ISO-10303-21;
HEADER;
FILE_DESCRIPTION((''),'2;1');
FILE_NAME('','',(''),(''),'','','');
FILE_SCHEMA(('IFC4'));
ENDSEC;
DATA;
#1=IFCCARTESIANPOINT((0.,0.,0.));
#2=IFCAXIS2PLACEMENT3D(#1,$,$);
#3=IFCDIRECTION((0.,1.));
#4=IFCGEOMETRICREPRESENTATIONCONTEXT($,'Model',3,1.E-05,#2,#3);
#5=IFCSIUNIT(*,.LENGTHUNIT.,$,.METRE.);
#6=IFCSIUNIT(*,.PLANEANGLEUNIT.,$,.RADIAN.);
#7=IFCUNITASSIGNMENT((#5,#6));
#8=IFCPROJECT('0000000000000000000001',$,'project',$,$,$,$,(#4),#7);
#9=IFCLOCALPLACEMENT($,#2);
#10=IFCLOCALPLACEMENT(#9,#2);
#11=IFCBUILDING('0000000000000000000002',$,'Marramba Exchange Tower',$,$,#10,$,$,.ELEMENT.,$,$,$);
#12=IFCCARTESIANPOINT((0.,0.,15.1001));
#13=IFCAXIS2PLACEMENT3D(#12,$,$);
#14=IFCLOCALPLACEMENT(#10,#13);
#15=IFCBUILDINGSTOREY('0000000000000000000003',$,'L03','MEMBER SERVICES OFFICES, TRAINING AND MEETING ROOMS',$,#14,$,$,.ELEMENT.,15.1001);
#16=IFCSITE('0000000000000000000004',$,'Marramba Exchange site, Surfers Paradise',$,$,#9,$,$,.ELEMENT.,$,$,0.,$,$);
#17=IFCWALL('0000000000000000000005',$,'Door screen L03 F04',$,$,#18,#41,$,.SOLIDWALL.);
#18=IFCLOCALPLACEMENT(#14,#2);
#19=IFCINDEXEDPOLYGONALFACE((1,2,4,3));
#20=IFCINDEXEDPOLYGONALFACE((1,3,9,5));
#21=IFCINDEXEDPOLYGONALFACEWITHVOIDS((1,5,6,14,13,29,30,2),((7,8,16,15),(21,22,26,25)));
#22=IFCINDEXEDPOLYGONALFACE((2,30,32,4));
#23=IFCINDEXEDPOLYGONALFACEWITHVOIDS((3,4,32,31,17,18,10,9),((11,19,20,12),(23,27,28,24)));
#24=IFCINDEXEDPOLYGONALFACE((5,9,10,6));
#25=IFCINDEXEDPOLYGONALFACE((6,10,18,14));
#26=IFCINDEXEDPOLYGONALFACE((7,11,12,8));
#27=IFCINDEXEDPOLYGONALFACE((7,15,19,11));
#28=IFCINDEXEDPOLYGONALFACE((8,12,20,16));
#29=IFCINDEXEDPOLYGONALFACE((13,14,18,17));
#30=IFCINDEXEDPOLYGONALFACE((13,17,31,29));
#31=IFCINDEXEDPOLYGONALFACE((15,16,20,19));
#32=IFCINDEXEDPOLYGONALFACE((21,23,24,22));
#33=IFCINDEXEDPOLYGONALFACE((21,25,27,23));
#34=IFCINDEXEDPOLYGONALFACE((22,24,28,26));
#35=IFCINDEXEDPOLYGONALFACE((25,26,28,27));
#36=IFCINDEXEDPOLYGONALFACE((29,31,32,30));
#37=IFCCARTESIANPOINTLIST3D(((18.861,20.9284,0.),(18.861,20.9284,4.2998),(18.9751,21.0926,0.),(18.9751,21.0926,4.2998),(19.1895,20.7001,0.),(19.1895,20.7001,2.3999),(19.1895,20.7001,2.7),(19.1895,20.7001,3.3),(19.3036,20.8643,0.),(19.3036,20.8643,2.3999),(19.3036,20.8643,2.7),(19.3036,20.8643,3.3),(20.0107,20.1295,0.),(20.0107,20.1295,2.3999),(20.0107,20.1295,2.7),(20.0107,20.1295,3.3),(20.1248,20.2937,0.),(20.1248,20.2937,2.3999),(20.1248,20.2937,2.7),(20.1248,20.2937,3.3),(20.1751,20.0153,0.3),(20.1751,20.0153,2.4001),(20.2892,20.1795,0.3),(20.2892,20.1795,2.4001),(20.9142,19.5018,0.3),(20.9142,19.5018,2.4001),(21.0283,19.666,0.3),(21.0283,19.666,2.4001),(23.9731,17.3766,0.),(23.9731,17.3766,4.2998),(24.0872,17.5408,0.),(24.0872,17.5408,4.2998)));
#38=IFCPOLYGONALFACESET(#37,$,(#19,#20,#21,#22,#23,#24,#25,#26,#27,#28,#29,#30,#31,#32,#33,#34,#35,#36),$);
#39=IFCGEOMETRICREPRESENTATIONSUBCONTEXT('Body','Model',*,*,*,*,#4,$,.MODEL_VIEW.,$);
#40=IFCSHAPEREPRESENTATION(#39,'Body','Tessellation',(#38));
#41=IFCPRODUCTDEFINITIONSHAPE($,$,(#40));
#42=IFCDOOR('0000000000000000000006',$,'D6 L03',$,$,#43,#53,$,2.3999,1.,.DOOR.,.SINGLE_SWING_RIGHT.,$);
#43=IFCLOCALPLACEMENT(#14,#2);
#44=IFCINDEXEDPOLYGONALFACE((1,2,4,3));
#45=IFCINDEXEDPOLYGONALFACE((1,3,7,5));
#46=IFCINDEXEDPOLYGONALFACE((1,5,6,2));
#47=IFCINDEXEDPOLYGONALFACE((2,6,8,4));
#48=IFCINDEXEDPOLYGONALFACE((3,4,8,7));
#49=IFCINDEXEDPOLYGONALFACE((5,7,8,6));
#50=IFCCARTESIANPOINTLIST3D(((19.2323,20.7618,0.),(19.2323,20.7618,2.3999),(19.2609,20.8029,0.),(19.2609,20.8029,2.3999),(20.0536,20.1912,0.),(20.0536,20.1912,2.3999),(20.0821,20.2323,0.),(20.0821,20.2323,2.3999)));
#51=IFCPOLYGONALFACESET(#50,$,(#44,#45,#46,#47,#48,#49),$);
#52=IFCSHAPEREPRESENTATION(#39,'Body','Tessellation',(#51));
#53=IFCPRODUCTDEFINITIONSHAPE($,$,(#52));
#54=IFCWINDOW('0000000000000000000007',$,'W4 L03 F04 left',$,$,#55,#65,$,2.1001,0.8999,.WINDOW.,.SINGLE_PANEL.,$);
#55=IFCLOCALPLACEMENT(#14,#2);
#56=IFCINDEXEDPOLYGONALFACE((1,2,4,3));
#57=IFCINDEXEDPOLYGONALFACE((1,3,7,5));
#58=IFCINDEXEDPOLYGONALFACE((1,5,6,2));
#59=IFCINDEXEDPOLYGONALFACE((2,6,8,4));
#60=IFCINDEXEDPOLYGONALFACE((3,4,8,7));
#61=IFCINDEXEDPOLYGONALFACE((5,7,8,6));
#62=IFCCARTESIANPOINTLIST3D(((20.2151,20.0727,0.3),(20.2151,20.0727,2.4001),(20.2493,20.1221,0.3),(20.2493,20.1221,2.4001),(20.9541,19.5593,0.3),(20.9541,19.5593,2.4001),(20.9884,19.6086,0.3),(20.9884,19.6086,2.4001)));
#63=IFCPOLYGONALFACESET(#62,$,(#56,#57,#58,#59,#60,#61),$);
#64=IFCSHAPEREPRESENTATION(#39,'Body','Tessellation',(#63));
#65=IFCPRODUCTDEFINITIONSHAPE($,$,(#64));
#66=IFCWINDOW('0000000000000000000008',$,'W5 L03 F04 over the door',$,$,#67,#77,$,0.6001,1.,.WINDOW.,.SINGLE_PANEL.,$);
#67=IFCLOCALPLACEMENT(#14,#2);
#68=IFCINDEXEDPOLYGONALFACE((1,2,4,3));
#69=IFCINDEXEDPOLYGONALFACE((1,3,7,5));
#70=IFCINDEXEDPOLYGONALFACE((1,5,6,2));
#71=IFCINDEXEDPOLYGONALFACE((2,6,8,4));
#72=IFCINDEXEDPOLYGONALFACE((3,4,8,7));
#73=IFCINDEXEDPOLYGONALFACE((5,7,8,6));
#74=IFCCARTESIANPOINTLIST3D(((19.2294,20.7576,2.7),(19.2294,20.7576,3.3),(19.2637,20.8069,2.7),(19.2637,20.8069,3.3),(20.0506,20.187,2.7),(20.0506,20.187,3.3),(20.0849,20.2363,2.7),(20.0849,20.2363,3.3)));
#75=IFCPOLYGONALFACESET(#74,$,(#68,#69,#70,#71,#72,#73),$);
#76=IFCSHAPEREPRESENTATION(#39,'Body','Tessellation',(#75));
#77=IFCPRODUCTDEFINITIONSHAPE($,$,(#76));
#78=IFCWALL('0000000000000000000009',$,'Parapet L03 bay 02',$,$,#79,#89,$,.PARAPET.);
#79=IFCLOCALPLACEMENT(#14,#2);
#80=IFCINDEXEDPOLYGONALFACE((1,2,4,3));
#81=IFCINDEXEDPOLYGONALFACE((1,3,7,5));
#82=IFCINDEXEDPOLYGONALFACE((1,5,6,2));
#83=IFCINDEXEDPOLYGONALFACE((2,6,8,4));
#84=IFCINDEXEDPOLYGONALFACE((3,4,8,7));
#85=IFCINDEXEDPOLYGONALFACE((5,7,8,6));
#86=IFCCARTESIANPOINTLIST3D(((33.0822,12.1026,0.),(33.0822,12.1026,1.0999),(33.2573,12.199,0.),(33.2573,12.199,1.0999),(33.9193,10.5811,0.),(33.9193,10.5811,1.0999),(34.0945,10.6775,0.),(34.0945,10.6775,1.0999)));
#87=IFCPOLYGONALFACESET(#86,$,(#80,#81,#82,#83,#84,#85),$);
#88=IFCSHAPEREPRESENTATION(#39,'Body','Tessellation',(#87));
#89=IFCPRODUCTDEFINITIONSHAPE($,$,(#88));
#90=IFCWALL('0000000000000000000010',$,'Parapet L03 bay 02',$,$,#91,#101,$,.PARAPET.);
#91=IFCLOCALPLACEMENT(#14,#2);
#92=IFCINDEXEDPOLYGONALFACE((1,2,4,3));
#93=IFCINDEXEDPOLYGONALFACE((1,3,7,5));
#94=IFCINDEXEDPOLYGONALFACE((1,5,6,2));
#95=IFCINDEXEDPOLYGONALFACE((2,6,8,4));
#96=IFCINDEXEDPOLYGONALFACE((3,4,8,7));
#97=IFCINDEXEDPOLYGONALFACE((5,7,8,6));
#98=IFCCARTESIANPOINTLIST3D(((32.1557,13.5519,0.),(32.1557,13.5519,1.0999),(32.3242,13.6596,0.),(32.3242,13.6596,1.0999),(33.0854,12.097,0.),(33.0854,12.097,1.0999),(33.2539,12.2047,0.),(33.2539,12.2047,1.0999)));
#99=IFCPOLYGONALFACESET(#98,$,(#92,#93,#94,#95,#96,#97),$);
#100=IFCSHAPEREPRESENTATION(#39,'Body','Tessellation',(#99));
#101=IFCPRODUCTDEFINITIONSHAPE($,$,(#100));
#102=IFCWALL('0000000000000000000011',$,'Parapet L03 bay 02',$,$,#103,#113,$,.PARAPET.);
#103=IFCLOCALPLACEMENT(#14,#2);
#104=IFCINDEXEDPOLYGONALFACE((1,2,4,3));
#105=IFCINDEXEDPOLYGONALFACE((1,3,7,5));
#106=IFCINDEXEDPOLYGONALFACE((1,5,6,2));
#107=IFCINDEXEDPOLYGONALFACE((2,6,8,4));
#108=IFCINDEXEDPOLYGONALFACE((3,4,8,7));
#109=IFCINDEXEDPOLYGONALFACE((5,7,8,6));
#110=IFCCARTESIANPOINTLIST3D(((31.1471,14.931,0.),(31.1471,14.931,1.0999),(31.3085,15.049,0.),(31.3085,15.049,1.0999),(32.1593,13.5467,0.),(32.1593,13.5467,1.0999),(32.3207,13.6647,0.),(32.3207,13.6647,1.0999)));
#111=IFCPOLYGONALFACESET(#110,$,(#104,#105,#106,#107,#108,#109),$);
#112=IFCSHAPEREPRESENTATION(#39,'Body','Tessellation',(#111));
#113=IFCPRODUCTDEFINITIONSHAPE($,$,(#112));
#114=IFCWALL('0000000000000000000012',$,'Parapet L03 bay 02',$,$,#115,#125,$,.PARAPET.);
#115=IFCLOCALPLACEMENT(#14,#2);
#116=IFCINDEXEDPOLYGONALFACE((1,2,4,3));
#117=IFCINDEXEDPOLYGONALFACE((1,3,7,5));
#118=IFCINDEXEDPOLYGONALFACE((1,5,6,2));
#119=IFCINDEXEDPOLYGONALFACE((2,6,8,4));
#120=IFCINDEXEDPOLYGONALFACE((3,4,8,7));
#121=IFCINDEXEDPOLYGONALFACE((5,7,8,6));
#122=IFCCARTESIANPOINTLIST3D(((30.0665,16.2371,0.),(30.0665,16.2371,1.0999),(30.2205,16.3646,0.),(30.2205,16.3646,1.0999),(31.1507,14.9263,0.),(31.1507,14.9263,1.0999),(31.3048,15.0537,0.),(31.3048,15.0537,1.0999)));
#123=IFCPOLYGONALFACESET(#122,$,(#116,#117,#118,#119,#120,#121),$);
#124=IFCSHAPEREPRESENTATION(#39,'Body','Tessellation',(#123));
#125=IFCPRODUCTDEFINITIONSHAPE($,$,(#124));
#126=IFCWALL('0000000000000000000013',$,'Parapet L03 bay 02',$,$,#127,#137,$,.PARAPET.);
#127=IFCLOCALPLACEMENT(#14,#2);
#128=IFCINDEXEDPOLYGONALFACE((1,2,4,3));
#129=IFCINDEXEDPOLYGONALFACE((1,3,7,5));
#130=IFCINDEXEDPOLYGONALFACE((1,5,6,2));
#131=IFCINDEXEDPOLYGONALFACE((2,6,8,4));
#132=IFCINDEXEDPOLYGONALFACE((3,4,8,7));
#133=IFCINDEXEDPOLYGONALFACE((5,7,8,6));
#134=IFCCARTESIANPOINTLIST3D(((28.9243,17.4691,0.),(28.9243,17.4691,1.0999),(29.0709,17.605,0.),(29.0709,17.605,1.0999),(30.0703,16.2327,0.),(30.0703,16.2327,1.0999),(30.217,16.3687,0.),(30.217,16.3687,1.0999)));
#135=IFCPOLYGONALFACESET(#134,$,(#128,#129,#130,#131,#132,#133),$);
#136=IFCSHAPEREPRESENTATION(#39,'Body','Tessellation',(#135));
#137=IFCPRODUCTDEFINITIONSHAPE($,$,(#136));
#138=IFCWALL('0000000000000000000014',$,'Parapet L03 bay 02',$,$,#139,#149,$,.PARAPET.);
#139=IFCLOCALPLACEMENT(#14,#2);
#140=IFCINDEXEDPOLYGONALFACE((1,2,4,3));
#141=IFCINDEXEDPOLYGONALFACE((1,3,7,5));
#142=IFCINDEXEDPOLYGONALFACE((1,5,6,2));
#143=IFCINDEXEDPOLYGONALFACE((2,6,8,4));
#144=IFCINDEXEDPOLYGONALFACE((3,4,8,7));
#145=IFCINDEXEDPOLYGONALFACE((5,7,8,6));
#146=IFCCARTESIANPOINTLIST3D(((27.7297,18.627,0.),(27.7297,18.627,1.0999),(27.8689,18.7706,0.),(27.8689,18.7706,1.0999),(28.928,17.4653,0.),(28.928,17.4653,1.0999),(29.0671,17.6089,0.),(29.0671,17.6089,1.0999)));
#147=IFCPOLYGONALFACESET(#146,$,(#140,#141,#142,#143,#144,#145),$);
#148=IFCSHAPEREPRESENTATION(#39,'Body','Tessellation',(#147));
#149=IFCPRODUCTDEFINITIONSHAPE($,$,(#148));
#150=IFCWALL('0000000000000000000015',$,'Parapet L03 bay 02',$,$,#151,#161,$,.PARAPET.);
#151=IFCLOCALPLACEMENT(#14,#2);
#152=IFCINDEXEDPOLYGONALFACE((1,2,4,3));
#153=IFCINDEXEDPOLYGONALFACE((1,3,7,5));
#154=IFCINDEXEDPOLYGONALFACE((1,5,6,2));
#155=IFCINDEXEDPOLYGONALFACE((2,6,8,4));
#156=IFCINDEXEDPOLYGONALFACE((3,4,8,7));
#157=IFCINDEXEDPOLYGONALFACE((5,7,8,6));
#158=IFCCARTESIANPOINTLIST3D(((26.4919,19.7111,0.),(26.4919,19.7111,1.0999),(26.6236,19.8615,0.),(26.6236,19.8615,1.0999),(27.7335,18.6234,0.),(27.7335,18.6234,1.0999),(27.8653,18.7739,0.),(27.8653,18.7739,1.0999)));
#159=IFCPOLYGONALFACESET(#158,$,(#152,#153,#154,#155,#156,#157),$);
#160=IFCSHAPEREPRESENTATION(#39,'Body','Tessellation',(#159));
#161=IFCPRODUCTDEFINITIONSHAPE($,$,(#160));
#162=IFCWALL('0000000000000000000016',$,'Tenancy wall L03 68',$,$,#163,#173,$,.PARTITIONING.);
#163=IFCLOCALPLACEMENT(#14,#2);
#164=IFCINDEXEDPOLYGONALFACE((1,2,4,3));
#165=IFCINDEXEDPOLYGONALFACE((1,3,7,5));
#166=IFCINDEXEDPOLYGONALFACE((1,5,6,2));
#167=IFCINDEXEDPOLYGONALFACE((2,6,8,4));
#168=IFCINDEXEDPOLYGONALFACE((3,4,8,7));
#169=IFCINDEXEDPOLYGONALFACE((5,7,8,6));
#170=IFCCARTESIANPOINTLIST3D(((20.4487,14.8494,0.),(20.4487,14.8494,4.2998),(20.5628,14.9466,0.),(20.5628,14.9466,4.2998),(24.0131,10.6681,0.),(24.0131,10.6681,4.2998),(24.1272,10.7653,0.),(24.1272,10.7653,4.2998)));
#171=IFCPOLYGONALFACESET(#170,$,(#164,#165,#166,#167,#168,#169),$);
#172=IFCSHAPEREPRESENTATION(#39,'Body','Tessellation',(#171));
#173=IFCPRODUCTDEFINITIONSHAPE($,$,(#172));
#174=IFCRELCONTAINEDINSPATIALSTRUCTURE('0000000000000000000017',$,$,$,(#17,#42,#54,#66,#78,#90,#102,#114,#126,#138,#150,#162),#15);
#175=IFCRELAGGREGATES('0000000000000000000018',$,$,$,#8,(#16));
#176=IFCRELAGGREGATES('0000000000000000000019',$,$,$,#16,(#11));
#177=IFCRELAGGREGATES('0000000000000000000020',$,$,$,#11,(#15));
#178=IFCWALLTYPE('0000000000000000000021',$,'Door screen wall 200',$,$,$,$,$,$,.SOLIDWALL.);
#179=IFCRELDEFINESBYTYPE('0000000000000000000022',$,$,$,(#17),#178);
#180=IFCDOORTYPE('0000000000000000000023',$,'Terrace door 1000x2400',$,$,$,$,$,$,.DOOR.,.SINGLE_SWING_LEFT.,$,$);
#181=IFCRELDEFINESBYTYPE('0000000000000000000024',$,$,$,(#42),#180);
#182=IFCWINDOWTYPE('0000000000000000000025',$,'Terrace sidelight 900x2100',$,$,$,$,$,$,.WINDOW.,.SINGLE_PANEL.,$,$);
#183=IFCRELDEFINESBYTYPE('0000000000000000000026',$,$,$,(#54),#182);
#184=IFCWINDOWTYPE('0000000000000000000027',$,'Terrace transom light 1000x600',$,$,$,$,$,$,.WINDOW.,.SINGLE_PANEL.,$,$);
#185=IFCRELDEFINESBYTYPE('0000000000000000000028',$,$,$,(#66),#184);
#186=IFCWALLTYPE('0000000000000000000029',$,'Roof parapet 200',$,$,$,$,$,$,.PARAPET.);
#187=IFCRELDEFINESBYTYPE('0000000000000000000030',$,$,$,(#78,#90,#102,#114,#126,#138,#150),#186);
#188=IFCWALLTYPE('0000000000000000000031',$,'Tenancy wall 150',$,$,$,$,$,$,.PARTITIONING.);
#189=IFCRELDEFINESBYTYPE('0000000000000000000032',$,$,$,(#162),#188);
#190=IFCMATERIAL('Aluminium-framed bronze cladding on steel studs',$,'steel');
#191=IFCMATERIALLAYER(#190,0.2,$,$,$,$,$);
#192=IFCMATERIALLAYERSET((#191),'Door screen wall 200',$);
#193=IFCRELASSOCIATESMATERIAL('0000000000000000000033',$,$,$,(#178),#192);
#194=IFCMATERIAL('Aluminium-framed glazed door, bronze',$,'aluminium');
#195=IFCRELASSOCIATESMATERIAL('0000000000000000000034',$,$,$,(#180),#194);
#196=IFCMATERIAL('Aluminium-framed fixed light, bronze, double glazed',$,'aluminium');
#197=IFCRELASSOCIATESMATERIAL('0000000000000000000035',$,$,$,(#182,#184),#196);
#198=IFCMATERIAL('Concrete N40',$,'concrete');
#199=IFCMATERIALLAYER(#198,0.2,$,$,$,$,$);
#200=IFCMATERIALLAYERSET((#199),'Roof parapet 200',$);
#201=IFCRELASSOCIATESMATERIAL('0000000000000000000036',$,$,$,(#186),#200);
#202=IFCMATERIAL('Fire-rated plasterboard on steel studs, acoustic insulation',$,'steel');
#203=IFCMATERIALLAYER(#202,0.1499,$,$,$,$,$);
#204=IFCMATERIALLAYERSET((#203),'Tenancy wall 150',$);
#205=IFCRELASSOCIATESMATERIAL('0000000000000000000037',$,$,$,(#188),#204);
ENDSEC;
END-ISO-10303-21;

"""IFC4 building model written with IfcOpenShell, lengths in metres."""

from ifc_helpers import new_model, si_unit, direction, frame, frame_2d, origin, place, context, subcontext, project, spatial, rectangle, extrude, material, layer, layer_set, type_object, element, fill, save


model = new_model("IFC4")

# Units and contexts
model_context = context("Model", 3, precision=1e-05, world=origin(), true_north=direction((0.0, 1.0)))
body_context = subcontext(model_context, "Body", "Model", "MODEL_VIEW")
ifc_project = project(units=[si_unit("LENGTHUNIT", "METRE"), si_unit("PLANEANGLEUNIT", "RADIAN")], contexts=[model_context])

# Site, building, storey
site_placement = place(None, origin())
site = spatial("IfcSite", under=ifc_project, at=site_placement, Name="Marramba Exchange site, Surfers Paradise", CompositionType="ELEMENT", RefElevation=0.0)
building_placement = place(site_placement, origin())
building = spatial("IfcBuilding", under=site, at=building_placement, Name="Marramba Exchange Tower", CompositionType="ELEMENT")
storey_placement = place(building_placement, frame((0.0, 0.0, 15.1001)))
storey = spatial("IfcBuildingStorey", under=building, at=storey_placement, Name="L03", Description="MEMBER SERVICES OFFICES, TRAINING AND MEETING ROOMS", CompositionType="ELEMENT", Elevation=15.1001)

# Wall, openings, door, windows
ifc_material_1 = material(Name="Aluminium-framed bronze cladding on steel studs", Category="steel")
ifc_layer_1 = layer(ifc_material_1, 0.2)
ifc_layer_set_1 = layer_set([ifc_layer_1], Name="Door screen wall 200")
wall_type_1 = type_object("IfcWallType", Name="Door screen wall 200", PredefinedType="SOLIDWALL", material=ifc_layer_set_1)
wall_1_placement = place(storey_placement, frame((24.03, 17.4587, 0.0), z_axis=(0.0, 0.0, 1.0), x_axis=(-0.821241, 0.570582, 0.0)))
wall_1 = element("IfcWall", 1, at=wall_1_placement, inside=storey, type_object=wall_type_1, Name="Door screen L03 F04", PredefinedType="SOLIDWALL", context=body_context, shape_type="SweptSolid", body=[
    extrude(rectangle(XDim=6.2249, YDim=0.2, at=frame_2d((3.1123, 0.0))), origin(), (0.0, 0.0, 1.0), 4.2998),
])
opening_1_placement = place(wall_1_placement, frame((4.8247, 0.0, 0.0)))
opening_1 = element("IfcOpeningElement", 2, at=opening_1_placement, cuts=wall_1, PredefinedType="OPENING", context=body_context, shape_type="SweptSolid", body=[
    extrude(rectangle(XDim=1.0, YDim=2.3999, at=frame_2d((0.5, 1.2))), frame((0.0, 0.1099, 0.0), z_axis=(0.0, -1.0, 0.0), x_axis=(1.0, 0.0, 0.0)), (0.0, 0.0, 1.0), 0.22),
])
opening_2_placement = place(wall_1_placement, frame((3.7246, 0.0, 0.3)))
opening_2 = element("IfcOpeningElement", 3, at=opening_2_placement, cuts=wall_1, PredefinedType="OPENING", context=body_context, shape_type="SweptSolid", body=[
    extrude(rectangle(XDim=0.8999, YDim=2.1001, at=frame_2d((0.45, 1.05))), frame((0.0, 0.1099, 0.0), z_axis=(0.0, -1.0, 0.0), x_axis=(1.0, 0.0, 0.0)), (0.0, 0.0, 1.0), 0.22),
])
opening_3_placement = place(wall_1_placement, frame((4.8247, 0.0, 2.7)))
opening_3 = element("IfcOpeningElement", 4, at=opening_3_placement, cuts=wall_1, PredefinedType="OPENING", context=body_context, shape_type="SweptSolid", body=[
    extrude(rectangle(XDim=1.0, YDim=0.6001, at=frame_2d((0.5, 0.3))), frame((0.0, 0.1099, 0.0), z_axis=(0.0, -1.0, 0.0), x_axis=(1.0, 0.0, 0.0)), (0.0, 0.0, 1.0), 0.22),
])
ifc_material_2 = material(Name="Aluminium-framed glazed door, bronze", Category="aluminium")
door_type = type_object("IfcDoorType", Name="Terrace door 1000x2400", OperationType="SINGLE_SWING_LEFT", PredefinedType="DOOR", material=ifc_material_2)
door_placement = place(opening_1_placement, frame((1.0, 0.0, 0.0), z_axis=(0.0, 0.0, 1.0), x_axis=(-1.0, 0.0, 0.0)))
door = element("IfcDoor", 5, at=door_placement, inside=storey, type_object=door_type, Name="D6 L03", OperationType="SINGLE_SWING_RIGHT", OverallHeight=2.3999, OverallWidth=1.0, PredefinedType="DOOR", context=body_context, shape_type="SweptSolid", body=[
    extrude(rectangle(XDim=1.0, YDim=2.3999, at=frame_2d((0.5, 1.2))), frame((0.0, 0.0251, 0.0), z_axis=(0.0, -1.0, 0.0), x_axis=(1.0, 0.0, 0.0)), (0.0, 0.0, 1.0), 0.05),
])
fill(opening_1, door)
ifc_material_3 = material(Name="Aluminium-framed fixed light, bronze, double glazed", Category="aluminium")
window_type_1 = type_object("IfcWindowType", Name="Terrace sidelight 900x2100", PartitioningType="SINGLE_PANEL", PredefinedType="WINDOW", material=ifc_material_3)
window_1_placement = place(opening_2_placement, origin())
window_1 = element("IfcWindow", 6, at=window_1_placement, inside=storey, type_object=window_type_1, Name="W4 L03 F04 left", OverallHeight=2.1001, OverallWidth=0.8999, PartitioningType="SINGLE_PANEL", PredefinedType="WINDOW", context=body_context, shape_type="SweptSolid", body=[
    extrude(rectangle(XDim=0.8999, YDim=2.1001, at=frame_2d((0.45, 1.05))), frame((0.0, 0.03, 0.0), z_axis=(0.0, -1.0, 0.0), x_axis=(1.0, 0.0, 0.0)), (0.0, 0.0, 1.0), 0.0601),
])
fill(opening_2, window_1)
window_type_2 = type_object("IfcWindowType", Name="Terrace transom light 1000x600", PartitioningType="SINGLE_PANEL", PredefinedType="WINDOW", material=ifc_material_3)
window_2_placement = place(opening_3_placement, origin())
window_2 = element("IfcWindow", 7, at=window_2_placement, inside=storey, type_object=window_type_2, Name="W5 L03 F04 over the door", OverallHeight=0.6001, OverallWidth=1.0, PartitioningType="SINGLE_PANEL", PredefinedType="WINDOW", context=body_context, shape_type="SweptSolid", body=[
    extrude(rectangle(XDim=1.0, YDim=0.6001, at=frame_2d((0.5, 0.3))), frame((0.0, 0.03, 0.0), z_axis=(0.0, -1.0, 0.0), x_axis=(1.0, 0.0, 0.0)), (0.0, 0.0, 1.0), 0.0601),
])
fill(opening_3, window_2)

# Walls
ifc_material_4 = material(Name="Concrete N40", Category="concrete")
ifc_layer_2 = layer(ifc_material_4, 0.2)
ifc_layer_set_2 = layer_set([ifc_layer_2], Name="Roof parapet 200")
wall_type_2 = type_object("IfcWallType", Name="Roof parapet 200", PredefinedType="PARAPET", material=ifc_layer_set_2)
wall_2_placement = place(storey_placement, frame((34.0068, 10.6294, 0.0), z_axis=(0.0, 0.0, 1.0), x_axis=(-0.48207, 0.876133, 0.0)))
element("IfcWall", 8, at=wall_2_placement, inside=storey, type_object=wall_type_2, Name="Parapet L03 bay 02", PredefinedType="PARAPET", context=body_context, shape_type="SweptSolid", body=[
    extrude(rectangle(XDim=1.7366, YDim=0.2, at=frame_2d((0.8682, 0.0))), origin(), (0.0, 0.0, 1.0), 1.0999),
])
wall_3_placement = place(storey_placement, frame((33.1697, 12.1509, 0.0), z_axis=(0.0, 0.0, 1.0), x_axis=(-0.538476, 0.842641, 0.0)))
element("IfcWall", 9, at=wall_3_placement, inside=storey, type_object=wall_type_2, Name="Parapet L03 bay 02", PredefinedType="PARAPET", context=body_context, shape_type="SweptSolid", body=[
    extrude(rectangle(XDim=1.7266, YDim=0.2, at=frame_2d((0.8633, 0.0))), origin(), (0.0, 0.0, 1.0), 1.0999),
])
wall_4_placement = place(storey_placement, frame((32.24, 13.6057, 0.0), z_axis=(0.0, 0.0, 1.0), x_axis=(-0.590252, 0.807219, 0.0)))
element("IfcWall", 10, at=wall_4_placement, inside=storey, type_object=wall_type_2, Name="Parapet L03 bay 02", PredefinedType="PARAPET", context=body_context, shape_type="SweptSolid", body=[
    extrude(rectangle(XDim=1.7148, YDim=0.2, at=frame_2d((0.8574, 0.0))), origin(), (0.0, 0.0, 1.0), 1.0999),
])
wall_5_placement = place(storey_placement, frame((31.2278, 14.99, 0.0), z_axis=(0.0, 0.0, 1.0), x_axis=(-0.637371, 0.770557, 0.0)))
element("IfcWall", 11, at=wall_5_placement, inside=storey, type_object=wall_type_2, Name="Parapet L03 bay 02", PredefinedType="PARAPET", context=body_context, shape_type="SweptSolid", body=[
    extrude(rectangle(XDim=1.7012, YDim=0.2, at=frame_2d((0.8506, 0.0))), origin(), (0.0, 0.0, 1.0), 1.0999),
])
wall_6_placement = place(storey_placement, frame((30.1436, 16.3008, 0.0), z_axis=(0.0, 0.0, 1.0), x_axis=(-0.679806, 0.733392, 0.0)))
element("IfcWall", 12, at=wall_6_placement, inside=storey, type_object=wall_type_2, Name="Parapet L03 bay 02", PredefinedType="PARAPET", context=body_context, shape_type="SweptSolid", body=[
    extrude(rectangle(XDim=1.6858, YDim=0.2, at=frame_2d((0.8428, 0.0))), origin(), (0.0, 0.0, 1.0), 1.0999),
])
wall_7_placement = place(storey_placement, frame((28.9976, 17.5371, 0.0), z_axis=(0.0, 0.0, 1.0), x_axis=(-0.717993, 0.69605, 0.0)))
element("IfcWall", 13, at=wall_7_placement, inside=storey, type_object=wall_type_2, Name="Parapet L03 bay 02", PredefinedType="PARAPET", context=body_context, shape_type="SweptSolid", body=[
    extrude(rectangle(XDim=1.6689, YDim=0.2, at=frame_2d((0.8345, 0.0))), origin(), (0.0, 0.0, 1.0), 1.0999),
])
wall_8_placement = place(storey_placement, frame((27.7993, 18.6987, 0.0), z_axis=(0.0, 0.0, 1.0), x_axis=(-0.752228, 0.658902, 0.0)))
element("IfcWall", 14, at=wall_8_placement, inside=storey, type_object=wall_type_2, Name="Parapet L03 bay 02", PredefinedType="PARAPET", context=body_context, shape_type="SweptSolid", body=[
    extrude(rectangle(XDim=1.6506, YDim=0.2, at=frame_2d((0.8252, 0.0))), origin(), (0.0, 0.0, 1.0), 1.0999),
])
ifc_material_5 = material(Name="Fire-rated plasterboard on steel studs, acoustic insulation", Category="steel")
ifc_layer_3 = layer(ifc_material_5, 0.1499)
ifc_layer_set_3 = layer_set([ifc_layer_3], Name="Tenancy wall 150")
wall_type_3 = type_object("IfcWallType", Name="Tenancy wall 150", PredefinedType="PARTITIONING", material=ifc_layer_set_3)
wall_9_placement = place(storey_placement, frame((24.0701, 10.7168, 0.0), z_axis=(0.0, 0.0, 1.0), x_axis=(-0.648732, 0.761017, 0.0)))
element("IfcWall", 15, at=wall_9_placement, inside=storey, type_object=wall_type_3, Name="Tenancy wall L03 68", PredefinedType="PARTITIONING", context=body_context, shape_type="SweptSolid", body=[
    extrude(rectangle(XDim=5.4944, YDim=0.1499, at=frame_2d((2.7471, 0.0))), origin(), (0.0, 0.0, 1.0), 4.2998),
])

save(model, "model.ifc")
